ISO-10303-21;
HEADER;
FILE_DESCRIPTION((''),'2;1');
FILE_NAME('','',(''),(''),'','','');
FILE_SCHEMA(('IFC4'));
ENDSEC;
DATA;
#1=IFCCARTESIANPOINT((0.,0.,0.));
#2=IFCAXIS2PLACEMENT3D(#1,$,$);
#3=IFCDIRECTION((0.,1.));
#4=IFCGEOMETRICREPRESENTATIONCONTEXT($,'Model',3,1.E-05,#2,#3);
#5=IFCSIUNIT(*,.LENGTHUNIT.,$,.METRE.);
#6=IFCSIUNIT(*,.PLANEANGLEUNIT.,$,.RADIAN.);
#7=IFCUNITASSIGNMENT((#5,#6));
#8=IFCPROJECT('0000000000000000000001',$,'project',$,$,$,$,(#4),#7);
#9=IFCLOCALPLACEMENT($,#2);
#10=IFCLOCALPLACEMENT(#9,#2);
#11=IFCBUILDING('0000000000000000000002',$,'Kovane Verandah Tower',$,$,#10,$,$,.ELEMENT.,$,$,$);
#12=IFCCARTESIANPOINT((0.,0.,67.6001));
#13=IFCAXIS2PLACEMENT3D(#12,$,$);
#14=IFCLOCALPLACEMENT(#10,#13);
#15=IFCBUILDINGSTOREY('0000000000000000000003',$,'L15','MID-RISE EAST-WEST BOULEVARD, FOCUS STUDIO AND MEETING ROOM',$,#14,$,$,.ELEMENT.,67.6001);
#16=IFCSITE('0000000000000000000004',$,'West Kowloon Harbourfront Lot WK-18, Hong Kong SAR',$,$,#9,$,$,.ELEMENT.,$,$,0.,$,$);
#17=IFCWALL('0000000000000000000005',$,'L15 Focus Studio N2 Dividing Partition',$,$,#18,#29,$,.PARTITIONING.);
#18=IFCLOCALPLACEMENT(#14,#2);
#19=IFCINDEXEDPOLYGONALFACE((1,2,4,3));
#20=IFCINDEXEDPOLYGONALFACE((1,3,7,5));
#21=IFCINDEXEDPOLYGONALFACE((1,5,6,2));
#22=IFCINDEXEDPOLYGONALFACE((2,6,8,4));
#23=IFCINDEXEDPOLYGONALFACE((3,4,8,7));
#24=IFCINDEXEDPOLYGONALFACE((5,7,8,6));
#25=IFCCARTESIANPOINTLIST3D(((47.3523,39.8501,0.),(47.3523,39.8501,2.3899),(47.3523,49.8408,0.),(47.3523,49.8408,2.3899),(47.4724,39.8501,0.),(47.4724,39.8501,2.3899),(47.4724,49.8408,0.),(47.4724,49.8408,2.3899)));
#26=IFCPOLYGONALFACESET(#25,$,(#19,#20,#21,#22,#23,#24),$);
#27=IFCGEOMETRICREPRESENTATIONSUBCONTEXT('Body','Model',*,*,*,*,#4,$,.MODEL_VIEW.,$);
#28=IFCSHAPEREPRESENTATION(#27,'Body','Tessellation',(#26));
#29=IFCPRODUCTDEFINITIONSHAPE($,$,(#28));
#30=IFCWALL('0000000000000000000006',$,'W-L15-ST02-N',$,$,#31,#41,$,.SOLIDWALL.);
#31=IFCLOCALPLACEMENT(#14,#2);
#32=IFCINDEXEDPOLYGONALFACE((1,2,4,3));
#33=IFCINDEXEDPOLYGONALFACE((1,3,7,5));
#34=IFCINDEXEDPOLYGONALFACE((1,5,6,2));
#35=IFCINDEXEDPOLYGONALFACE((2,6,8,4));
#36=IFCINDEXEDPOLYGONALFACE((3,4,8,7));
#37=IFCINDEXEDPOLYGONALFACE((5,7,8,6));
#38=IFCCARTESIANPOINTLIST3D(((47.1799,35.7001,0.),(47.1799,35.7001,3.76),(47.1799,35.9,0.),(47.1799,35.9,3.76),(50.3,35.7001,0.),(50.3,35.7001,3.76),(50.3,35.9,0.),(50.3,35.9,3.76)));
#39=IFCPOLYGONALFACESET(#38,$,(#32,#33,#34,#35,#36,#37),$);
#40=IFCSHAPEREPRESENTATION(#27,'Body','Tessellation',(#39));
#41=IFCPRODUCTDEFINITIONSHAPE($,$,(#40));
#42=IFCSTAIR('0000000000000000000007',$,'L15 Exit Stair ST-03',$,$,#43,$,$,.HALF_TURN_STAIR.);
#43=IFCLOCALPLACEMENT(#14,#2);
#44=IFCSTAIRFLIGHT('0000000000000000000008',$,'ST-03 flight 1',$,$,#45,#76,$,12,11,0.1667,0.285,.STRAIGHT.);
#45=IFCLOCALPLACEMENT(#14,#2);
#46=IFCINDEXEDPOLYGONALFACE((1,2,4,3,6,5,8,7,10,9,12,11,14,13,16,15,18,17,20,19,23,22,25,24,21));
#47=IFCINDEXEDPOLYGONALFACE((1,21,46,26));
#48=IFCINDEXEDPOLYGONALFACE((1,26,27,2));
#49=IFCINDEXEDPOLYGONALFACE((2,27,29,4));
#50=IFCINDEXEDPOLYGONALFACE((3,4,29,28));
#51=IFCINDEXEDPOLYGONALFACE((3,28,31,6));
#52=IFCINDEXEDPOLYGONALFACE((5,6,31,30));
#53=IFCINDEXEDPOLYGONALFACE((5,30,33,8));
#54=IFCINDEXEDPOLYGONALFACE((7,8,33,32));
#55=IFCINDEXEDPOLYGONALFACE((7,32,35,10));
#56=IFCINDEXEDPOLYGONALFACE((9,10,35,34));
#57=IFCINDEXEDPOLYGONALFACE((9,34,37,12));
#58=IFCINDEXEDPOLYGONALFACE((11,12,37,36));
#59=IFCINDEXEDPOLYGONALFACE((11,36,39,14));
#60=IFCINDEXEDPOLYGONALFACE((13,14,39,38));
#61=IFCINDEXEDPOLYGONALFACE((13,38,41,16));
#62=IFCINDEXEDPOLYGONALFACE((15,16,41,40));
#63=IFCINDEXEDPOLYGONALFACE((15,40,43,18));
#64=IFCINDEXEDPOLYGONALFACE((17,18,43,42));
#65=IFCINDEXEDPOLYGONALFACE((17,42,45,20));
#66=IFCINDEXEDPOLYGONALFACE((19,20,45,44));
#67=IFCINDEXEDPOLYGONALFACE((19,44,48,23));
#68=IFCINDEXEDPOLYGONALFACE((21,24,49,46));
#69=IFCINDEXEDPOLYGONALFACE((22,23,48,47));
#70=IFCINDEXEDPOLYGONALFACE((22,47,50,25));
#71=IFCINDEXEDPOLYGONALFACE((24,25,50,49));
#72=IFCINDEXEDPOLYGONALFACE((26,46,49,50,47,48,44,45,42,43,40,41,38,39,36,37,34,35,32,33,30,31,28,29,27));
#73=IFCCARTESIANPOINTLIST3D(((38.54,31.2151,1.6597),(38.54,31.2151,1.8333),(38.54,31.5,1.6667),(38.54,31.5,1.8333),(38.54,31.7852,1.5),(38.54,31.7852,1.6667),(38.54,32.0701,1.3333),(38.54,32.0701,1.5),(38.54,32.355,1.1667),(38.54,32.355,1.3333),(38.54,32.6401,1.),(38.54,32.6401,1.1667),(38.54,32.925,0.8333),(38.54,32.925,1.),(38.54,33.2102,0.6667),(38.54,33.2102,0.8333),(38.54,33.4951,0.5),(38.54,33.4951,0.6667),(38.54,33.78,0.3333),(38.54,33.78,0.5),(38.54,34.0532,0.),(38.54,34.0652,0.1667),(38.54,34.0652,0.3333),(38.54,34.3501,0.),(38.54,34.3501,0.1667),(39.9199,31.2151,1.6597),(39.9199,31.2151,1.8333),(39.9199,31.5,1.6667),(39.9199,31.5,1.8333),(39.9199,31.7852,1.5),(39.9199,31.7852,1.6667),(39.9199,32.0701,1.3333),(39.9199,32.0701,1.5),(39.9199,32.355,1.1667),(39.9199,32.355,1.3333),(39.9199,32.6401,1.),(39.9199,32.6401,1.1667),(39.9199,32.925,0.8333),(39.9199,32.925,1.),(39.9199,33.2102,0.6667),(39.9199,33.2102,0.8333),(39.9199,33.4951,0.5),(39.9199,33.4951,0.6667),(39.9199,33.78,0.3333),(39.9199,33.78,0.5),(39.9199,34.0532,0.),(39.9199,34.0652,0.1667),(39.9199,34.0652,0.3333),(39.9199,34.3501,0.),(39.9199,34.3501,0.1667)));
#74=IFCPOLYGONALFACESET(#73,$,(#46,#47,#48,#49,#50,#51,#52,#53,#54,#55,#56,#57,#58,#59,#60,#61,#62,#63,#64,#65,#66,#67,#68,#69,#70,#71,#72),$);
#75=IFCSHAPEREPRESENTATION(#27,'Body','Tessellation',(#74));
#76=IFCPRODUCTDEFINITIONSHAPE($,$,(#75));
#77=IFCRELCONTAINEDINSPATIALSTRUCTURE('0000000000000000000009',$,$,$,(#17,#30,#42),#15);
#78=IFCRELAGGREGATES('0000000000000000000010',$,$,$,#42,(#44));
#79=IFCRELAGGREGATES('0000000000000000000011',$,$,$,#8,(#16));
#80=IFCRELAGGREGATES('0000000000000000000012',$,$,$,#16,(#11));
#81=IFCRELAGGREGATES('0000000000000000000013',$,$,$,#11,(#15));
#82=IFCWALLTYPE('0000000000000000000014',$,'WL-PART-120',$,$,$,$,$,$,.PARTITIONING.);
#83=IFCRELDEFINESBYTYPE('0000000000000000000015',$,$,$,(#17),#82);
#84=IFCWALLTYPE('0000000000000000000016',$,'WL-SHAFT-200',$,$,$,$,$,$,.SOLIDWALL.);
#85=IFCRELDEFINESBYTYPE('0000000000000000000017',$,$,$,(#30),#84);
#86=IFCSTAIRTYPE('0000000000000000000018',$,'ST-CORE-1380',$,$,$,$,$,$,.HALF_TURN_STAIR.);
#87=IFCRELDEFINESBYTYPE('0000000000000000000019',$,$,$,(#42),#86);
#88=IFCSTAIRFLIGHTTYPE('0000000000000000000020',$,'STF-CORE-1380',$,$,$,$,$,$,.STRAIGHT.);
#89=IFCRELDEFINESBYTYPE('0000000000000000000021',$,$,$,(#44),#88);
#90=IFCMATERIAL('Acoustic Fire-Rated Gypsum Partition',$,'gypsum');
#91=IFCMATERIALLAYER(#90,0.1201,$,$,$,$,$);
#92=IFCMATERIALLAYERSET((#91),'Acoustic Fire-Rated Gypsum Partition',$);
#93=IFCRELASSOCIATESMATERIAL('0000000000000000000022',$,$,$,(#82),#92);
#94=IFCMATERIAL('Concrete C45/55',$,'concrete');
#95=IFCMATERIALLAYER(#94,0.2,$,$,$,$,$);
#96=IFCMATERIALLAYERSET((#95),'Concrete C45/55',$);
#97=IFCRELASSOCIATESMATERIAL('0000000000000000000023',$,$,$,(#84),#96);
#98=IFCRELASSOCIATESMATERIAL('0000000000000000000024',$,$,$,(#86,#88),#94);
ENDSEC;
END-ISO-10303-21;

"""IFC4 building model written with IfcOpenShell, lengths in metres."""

from ifc_helpers import new_model, si_unit, direction, frame, frame_2d, origin, place, context, subcontext, project, spatial, polyline, rectangle, outline, extrude, material, layer, layer_set, type_object, element, aggregate, save


model = new_model("IFC4")

# Units and contexts
model_context = context("Model", 3, precision=1e-05, world=origin(), true_north=direction((0.0, 1.0)))
body_context = subcontext(model_context, "Body", "Model", "MODEL_VIEW")
ifc_project = project(units=[si_unit("LENGTHUNIT", "METRE"), si_unit("PLANEANGLEUNIT", "RADIAN")], contexts=[model_context])

# Site, building, storey
site_placement = place(None, origin())
site = spatial("IfcSite", under=ifc_project, at=site_placement, Name="West Kowloon Harbourfront Lot WK-18, Hong Kong SAR", CompositionType="ELEMENT", RefElevation=0.0)
building_placement = place(site_placement, origin())
building = spatial("IfcBuilding", under=site, at=building_placement, Name="Kovane Verandah Tower", CompositionType="ELEMENT")
storey_placement = place(building_placement, frame((0.0, 0.0, 67.6001)))
storey = spatial("IfcBuildingStorey", under=building, at=storey_placement, Name="L15", Description="MID-RISE EAST-WEST BOULEVARD, FOCUS STUDIO AND MEETING ROOM", CompositionType="ELEMENT", Elevation=67.6001)

# Walls
ifc_material_1 = material(Name="Acoustic Fire-Rated Gypsum Partition", Category="gypsum")
ifc_layer_1 = layer(ifc_material_1, 0.1201)
ifc_layer_set_1 = layer_set([ifc_layer_1], Name="Acoustic Fire-Rated Gypsum Partition")
wall_type_1 = type_object("IfcWallType", Name="WL-PART-120", PredefinedType="PARTITIONING", material=ifc_layer_set_1)
wall_1_placement = place(storey_placement, frame((47.4124, 39.8501, 0.0), z_axis=(0.0, 0.0, 1.0), x_axis=(0.0, 1.0, 0.0)))
element("IfcWall", 1, at=wall_1_placement, inside=storey, type_object=wall_type_1, Name="L15 Focus Studio N2 Dividing Partition", PredefinedType="PARTITIONING", context=body_context, shape_type="SweptSolid", body=[
    extrude(rectangle(XDim=9.9907, YDim=0.1201, at=frame_2d((4.9954, 0.0))), origin(), (0.0, 0.0, 1.0), 2.3899),
])
ifc_material_2 = material(Name="Concrete C45/55", Category="concrete")
ifc_layer_2 = layer(ifc_material_2, 0.2)
ifc_layer_set_2 = layer_set([ifc_layer_2], Name="Concrete C45/55")
wall_type_2 = type_object("IfcWallType", Name="WL-SHAFT-200", PredefinedType="SOLIDWALL", material=ifc_layer_set_2)
wall_2_placement = place(storey_placement, frame((47.1799, 35.8, 0.0), z_axis=(0.0, 0.0, 1.0), x_axis=(1.0, 0.0, 0.0)))
element("IfcWall", 2, at=wall_2_placement, inside=storey, type_object=wall_type_2, Name="W-L15-ST02-N", PredefinedType="SOLIDWALL", context=body_context, shape_type="SweptSolid", body=[
    extrude(rectangle(XDim=3.1201, YDim=0.2, at=frame_2d((1.5601, 0.0))), origin(), (0.0, 0.0, 1.0), 3.76),
])

# Stair, stair flight
stair_type = type_object("IfcStairType", Name="ST-CORE-1380", PredefinedType="HALF_TURN_STAIR", material=ifc_material_2)
stair_placement = place(storey_placement, origin())
stair = element("IfcStair", 3, at=stair_placement, inside=storey, type_object=stair_type, Name="L15 Exit Stair ST-03", PredefinedType="HALF_TURN_STAIR")
stair_flight_type = type_object("IfcStairFlightType", Name="STF-CORE-1380", PredefinedType="STRAIGHT", material=ifc_material_2)
stair_flight_placement = place(storey_placement, frame((39.23, 34.3501, 0.0), z_axis=(0.0, 0.0, 1.0), x_axis=(0.0, -1.0, 0.0)))
stair_flight = element("IfcStairFlight", 4, at=stair_flight_placement, type_object=stair_flight_type, Name="ST-03 flight 1", NumberOfRisers=12, NumberOfTreads=11, PredefinedType="STRAIGHT", RiserHeight=0.1667, TreadLength=0.285, context=body_context, shape_type="SweptSolid", body=[
    extrude(outline(polyline([(0.0, 0.0), (0.0, 0.1667), (0.2849, 0.1667), (0.2849, 0.3333), (0.5701, 0.3333), (0.5701, 0.5), (0.855, 0.5), (0.855, 0.6667), (1.1399, 0.6667), (1.1399, 0.8333), (1.425, 0.8333), (1.425, 1.0), (1.71, 1.0), (1.71, 1.1667), (1.9951, 1.1667), (1.9951, 1.3333), (2.28, 1.3333), (2.28, 1.5), (2.5649, 1.5), (2.5649, 1.6667), (2.8501, 1.6667), (2.8501, 1.8333), (3.135, 1.8333), (3.135, 2.0), (3.135, 1.6597), (0.2969, 0.0), (0.0, 0.0)])), frame((0.0, 0.6899, 0.0), z_axis=(0.0, -1.0, 0.0), x_axis=(1.0, 0.0, 0.0)), (0.0, 0.0, 1.0), 1.3799),
])
aggregate(stair, [stair_flight])

save(model, "model.ifc")
